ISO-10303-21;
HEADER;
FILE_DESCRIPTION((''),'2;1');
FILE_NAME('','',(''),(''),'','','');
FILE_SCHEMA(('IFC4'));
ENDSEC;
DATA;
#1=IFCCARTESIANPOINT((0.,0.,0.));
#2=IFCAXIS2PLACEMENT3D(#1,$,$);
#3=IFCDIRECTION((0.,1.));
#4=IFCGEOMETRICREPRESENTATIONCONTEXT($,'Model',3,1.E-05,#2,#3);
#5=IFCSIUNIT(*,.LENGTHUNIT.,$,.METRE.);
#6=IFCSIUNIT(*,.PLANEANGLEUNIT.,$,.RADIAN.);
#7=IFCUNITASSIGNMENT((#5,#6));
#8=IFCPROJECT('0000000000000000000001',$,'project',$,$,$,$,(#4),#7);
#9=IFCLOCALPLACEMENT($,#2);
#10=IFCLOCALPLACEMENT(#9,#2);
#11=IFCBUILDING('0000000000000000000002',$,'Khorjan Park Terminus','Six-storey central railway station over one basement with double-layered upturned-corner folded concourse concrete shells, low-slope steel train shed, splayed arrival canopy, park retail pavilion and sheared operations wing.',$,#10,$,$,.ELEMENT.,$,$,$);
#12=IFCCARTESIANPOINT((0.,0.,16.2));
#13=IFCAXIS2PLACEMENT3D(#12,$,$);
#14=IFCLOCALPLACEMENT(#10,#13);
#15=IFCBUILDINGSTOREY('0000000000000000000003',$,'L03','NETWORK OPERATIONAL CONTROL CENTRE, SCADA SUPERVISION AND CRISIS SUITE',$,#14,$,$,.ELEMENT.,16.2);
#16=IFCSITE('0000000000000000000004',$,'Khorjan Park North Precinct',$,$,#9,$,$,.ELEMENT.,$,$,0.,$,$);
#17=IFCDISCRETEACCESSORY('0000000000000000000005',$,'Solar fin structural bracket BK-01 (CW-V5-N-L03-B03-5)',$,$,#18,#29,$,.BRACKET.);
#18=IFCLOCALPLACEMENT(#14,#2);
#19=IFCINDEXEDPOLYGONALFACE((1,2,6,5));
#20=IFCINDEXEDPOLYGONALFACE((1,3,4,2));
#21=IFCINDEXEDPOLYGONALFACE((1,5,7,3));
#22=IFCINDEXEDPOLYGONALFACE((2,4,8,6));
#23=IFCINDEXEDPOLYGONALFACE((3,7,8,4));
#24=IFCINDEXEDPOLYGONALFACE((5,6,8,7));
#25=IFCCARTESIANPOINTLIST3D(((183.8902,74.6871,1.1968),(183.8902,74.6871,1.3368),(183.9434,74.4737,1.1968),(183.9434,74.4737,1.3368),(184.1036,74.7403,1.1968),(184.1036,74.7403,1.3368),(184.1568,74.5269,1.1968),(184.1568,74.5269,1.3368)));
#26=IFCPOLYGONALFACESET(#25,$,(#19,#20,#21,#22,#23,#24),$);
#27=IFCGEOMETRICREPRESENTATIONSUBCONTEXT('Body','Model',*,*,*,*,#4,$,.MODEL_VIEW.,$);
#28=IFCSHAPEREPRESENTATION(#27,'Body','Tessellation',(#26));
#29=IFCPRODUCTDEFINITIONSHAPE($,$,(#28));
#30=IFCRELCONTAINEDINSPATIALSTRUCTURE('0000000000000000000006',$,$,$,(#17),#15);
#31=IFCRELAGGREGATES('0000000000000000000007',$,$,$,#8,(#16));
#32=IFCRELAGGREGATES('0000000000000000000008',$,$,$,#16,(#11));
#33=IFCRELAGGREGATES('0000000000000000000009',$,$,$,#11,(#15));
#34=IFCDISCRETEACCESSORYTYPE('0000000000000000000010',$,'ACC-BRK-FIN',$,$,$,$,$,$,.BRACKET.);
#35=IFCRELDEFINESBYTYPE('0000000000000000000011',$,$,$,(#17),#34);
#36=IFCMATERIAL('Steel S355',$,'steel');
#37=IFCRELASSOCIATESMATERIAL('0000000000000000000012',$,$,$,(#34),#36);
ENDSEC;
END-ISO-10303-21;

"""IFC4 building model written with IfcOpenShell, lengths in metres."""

from ifc_helpers import new_model, si_unit, direction, frame, origin, origin_2d, place, context, subcontext, project, spatial, rectangle, extrude, material, type_object, element, save


model = new_model("IFC4")

# Units and contexts
model_context = context("Model", 3, precision=1e-05, world=origin(), true_north=direction((0.0, 1.0)))
body_context = subcontext(model_context, "Body", "Model", "MODEL_VIEW")
ifc_project = project(units=[si_unit("LENGTHUNIT", "METRE"), si_unit("PLANEANGLEUNIT", "RADIAN")], contexts=[model_context])

# Site, building, storey
site_placement = place(None, origin())
site = spatial("IfcSite", under=ifc_project, at=site_placement, Name="Khorjan Park North Precinct", CompositionType="ELEMENT", RefElevation=0.0)
building_placement = place(site_placement, origin())
building = spatial("IfcBuilding", under=site, at=building_placement, Name="Khorjan Park Terminus", Description="Six-storey central railway station over one basement with double-layered upturned-corner folded concourse concrete shells, low-slope steel train shed, splayed arrival canopy, park retail pavilion and sheared operations wing.", CompositionType="ELEMENT")
storey_placement = place(building_placement, frame((0.0, 0.0, 16.2)))
storey = spatial("IfcBuildingStorey", under=building, at=storey_placement, Name="L03", Description="NETWORK OPERATIONAL CONTROL CENTRE, SCADA SUPERVISION AND CRISIS SUITE", CompositionType="ELEMENT", Elevation=16.2)

# Shared definitions
ifc_material_1 = material(Name="Steel S355", Category="steel")

# Discrete accessory
discrete_accessory_type = type_object("IfcDiscreteAccessoryType", Name="ACC-BRK-FIN", PredefinedType="BRACKET", material=ifc_material_1)
discrete_accessory_placement = place(storey_placement, frame((184.0235, 74.607, 1.1968), z_axis=(0.0, 0.0, 1.0), x_axis=(-0.970296, -0.241921, 0.0)))
element("IfcDiscreteAccessory", 1, at=discrete_accessory_placement, inside=storey, type_object=discrete_accessory_type, Name="Solar fin structural bracket BK-01 (CW-V5-N-L03-B03-5)", PredefinedType="BRACKET", context=body_context, shape_type="SweptSolid", body=[
    extrude(rectangle(XDim=0.22, YDim=0.22, at=origin_2d()), origin(), (0.0, 0.0, 1.0), 0.14),
])

save(model, "model.ifc")
